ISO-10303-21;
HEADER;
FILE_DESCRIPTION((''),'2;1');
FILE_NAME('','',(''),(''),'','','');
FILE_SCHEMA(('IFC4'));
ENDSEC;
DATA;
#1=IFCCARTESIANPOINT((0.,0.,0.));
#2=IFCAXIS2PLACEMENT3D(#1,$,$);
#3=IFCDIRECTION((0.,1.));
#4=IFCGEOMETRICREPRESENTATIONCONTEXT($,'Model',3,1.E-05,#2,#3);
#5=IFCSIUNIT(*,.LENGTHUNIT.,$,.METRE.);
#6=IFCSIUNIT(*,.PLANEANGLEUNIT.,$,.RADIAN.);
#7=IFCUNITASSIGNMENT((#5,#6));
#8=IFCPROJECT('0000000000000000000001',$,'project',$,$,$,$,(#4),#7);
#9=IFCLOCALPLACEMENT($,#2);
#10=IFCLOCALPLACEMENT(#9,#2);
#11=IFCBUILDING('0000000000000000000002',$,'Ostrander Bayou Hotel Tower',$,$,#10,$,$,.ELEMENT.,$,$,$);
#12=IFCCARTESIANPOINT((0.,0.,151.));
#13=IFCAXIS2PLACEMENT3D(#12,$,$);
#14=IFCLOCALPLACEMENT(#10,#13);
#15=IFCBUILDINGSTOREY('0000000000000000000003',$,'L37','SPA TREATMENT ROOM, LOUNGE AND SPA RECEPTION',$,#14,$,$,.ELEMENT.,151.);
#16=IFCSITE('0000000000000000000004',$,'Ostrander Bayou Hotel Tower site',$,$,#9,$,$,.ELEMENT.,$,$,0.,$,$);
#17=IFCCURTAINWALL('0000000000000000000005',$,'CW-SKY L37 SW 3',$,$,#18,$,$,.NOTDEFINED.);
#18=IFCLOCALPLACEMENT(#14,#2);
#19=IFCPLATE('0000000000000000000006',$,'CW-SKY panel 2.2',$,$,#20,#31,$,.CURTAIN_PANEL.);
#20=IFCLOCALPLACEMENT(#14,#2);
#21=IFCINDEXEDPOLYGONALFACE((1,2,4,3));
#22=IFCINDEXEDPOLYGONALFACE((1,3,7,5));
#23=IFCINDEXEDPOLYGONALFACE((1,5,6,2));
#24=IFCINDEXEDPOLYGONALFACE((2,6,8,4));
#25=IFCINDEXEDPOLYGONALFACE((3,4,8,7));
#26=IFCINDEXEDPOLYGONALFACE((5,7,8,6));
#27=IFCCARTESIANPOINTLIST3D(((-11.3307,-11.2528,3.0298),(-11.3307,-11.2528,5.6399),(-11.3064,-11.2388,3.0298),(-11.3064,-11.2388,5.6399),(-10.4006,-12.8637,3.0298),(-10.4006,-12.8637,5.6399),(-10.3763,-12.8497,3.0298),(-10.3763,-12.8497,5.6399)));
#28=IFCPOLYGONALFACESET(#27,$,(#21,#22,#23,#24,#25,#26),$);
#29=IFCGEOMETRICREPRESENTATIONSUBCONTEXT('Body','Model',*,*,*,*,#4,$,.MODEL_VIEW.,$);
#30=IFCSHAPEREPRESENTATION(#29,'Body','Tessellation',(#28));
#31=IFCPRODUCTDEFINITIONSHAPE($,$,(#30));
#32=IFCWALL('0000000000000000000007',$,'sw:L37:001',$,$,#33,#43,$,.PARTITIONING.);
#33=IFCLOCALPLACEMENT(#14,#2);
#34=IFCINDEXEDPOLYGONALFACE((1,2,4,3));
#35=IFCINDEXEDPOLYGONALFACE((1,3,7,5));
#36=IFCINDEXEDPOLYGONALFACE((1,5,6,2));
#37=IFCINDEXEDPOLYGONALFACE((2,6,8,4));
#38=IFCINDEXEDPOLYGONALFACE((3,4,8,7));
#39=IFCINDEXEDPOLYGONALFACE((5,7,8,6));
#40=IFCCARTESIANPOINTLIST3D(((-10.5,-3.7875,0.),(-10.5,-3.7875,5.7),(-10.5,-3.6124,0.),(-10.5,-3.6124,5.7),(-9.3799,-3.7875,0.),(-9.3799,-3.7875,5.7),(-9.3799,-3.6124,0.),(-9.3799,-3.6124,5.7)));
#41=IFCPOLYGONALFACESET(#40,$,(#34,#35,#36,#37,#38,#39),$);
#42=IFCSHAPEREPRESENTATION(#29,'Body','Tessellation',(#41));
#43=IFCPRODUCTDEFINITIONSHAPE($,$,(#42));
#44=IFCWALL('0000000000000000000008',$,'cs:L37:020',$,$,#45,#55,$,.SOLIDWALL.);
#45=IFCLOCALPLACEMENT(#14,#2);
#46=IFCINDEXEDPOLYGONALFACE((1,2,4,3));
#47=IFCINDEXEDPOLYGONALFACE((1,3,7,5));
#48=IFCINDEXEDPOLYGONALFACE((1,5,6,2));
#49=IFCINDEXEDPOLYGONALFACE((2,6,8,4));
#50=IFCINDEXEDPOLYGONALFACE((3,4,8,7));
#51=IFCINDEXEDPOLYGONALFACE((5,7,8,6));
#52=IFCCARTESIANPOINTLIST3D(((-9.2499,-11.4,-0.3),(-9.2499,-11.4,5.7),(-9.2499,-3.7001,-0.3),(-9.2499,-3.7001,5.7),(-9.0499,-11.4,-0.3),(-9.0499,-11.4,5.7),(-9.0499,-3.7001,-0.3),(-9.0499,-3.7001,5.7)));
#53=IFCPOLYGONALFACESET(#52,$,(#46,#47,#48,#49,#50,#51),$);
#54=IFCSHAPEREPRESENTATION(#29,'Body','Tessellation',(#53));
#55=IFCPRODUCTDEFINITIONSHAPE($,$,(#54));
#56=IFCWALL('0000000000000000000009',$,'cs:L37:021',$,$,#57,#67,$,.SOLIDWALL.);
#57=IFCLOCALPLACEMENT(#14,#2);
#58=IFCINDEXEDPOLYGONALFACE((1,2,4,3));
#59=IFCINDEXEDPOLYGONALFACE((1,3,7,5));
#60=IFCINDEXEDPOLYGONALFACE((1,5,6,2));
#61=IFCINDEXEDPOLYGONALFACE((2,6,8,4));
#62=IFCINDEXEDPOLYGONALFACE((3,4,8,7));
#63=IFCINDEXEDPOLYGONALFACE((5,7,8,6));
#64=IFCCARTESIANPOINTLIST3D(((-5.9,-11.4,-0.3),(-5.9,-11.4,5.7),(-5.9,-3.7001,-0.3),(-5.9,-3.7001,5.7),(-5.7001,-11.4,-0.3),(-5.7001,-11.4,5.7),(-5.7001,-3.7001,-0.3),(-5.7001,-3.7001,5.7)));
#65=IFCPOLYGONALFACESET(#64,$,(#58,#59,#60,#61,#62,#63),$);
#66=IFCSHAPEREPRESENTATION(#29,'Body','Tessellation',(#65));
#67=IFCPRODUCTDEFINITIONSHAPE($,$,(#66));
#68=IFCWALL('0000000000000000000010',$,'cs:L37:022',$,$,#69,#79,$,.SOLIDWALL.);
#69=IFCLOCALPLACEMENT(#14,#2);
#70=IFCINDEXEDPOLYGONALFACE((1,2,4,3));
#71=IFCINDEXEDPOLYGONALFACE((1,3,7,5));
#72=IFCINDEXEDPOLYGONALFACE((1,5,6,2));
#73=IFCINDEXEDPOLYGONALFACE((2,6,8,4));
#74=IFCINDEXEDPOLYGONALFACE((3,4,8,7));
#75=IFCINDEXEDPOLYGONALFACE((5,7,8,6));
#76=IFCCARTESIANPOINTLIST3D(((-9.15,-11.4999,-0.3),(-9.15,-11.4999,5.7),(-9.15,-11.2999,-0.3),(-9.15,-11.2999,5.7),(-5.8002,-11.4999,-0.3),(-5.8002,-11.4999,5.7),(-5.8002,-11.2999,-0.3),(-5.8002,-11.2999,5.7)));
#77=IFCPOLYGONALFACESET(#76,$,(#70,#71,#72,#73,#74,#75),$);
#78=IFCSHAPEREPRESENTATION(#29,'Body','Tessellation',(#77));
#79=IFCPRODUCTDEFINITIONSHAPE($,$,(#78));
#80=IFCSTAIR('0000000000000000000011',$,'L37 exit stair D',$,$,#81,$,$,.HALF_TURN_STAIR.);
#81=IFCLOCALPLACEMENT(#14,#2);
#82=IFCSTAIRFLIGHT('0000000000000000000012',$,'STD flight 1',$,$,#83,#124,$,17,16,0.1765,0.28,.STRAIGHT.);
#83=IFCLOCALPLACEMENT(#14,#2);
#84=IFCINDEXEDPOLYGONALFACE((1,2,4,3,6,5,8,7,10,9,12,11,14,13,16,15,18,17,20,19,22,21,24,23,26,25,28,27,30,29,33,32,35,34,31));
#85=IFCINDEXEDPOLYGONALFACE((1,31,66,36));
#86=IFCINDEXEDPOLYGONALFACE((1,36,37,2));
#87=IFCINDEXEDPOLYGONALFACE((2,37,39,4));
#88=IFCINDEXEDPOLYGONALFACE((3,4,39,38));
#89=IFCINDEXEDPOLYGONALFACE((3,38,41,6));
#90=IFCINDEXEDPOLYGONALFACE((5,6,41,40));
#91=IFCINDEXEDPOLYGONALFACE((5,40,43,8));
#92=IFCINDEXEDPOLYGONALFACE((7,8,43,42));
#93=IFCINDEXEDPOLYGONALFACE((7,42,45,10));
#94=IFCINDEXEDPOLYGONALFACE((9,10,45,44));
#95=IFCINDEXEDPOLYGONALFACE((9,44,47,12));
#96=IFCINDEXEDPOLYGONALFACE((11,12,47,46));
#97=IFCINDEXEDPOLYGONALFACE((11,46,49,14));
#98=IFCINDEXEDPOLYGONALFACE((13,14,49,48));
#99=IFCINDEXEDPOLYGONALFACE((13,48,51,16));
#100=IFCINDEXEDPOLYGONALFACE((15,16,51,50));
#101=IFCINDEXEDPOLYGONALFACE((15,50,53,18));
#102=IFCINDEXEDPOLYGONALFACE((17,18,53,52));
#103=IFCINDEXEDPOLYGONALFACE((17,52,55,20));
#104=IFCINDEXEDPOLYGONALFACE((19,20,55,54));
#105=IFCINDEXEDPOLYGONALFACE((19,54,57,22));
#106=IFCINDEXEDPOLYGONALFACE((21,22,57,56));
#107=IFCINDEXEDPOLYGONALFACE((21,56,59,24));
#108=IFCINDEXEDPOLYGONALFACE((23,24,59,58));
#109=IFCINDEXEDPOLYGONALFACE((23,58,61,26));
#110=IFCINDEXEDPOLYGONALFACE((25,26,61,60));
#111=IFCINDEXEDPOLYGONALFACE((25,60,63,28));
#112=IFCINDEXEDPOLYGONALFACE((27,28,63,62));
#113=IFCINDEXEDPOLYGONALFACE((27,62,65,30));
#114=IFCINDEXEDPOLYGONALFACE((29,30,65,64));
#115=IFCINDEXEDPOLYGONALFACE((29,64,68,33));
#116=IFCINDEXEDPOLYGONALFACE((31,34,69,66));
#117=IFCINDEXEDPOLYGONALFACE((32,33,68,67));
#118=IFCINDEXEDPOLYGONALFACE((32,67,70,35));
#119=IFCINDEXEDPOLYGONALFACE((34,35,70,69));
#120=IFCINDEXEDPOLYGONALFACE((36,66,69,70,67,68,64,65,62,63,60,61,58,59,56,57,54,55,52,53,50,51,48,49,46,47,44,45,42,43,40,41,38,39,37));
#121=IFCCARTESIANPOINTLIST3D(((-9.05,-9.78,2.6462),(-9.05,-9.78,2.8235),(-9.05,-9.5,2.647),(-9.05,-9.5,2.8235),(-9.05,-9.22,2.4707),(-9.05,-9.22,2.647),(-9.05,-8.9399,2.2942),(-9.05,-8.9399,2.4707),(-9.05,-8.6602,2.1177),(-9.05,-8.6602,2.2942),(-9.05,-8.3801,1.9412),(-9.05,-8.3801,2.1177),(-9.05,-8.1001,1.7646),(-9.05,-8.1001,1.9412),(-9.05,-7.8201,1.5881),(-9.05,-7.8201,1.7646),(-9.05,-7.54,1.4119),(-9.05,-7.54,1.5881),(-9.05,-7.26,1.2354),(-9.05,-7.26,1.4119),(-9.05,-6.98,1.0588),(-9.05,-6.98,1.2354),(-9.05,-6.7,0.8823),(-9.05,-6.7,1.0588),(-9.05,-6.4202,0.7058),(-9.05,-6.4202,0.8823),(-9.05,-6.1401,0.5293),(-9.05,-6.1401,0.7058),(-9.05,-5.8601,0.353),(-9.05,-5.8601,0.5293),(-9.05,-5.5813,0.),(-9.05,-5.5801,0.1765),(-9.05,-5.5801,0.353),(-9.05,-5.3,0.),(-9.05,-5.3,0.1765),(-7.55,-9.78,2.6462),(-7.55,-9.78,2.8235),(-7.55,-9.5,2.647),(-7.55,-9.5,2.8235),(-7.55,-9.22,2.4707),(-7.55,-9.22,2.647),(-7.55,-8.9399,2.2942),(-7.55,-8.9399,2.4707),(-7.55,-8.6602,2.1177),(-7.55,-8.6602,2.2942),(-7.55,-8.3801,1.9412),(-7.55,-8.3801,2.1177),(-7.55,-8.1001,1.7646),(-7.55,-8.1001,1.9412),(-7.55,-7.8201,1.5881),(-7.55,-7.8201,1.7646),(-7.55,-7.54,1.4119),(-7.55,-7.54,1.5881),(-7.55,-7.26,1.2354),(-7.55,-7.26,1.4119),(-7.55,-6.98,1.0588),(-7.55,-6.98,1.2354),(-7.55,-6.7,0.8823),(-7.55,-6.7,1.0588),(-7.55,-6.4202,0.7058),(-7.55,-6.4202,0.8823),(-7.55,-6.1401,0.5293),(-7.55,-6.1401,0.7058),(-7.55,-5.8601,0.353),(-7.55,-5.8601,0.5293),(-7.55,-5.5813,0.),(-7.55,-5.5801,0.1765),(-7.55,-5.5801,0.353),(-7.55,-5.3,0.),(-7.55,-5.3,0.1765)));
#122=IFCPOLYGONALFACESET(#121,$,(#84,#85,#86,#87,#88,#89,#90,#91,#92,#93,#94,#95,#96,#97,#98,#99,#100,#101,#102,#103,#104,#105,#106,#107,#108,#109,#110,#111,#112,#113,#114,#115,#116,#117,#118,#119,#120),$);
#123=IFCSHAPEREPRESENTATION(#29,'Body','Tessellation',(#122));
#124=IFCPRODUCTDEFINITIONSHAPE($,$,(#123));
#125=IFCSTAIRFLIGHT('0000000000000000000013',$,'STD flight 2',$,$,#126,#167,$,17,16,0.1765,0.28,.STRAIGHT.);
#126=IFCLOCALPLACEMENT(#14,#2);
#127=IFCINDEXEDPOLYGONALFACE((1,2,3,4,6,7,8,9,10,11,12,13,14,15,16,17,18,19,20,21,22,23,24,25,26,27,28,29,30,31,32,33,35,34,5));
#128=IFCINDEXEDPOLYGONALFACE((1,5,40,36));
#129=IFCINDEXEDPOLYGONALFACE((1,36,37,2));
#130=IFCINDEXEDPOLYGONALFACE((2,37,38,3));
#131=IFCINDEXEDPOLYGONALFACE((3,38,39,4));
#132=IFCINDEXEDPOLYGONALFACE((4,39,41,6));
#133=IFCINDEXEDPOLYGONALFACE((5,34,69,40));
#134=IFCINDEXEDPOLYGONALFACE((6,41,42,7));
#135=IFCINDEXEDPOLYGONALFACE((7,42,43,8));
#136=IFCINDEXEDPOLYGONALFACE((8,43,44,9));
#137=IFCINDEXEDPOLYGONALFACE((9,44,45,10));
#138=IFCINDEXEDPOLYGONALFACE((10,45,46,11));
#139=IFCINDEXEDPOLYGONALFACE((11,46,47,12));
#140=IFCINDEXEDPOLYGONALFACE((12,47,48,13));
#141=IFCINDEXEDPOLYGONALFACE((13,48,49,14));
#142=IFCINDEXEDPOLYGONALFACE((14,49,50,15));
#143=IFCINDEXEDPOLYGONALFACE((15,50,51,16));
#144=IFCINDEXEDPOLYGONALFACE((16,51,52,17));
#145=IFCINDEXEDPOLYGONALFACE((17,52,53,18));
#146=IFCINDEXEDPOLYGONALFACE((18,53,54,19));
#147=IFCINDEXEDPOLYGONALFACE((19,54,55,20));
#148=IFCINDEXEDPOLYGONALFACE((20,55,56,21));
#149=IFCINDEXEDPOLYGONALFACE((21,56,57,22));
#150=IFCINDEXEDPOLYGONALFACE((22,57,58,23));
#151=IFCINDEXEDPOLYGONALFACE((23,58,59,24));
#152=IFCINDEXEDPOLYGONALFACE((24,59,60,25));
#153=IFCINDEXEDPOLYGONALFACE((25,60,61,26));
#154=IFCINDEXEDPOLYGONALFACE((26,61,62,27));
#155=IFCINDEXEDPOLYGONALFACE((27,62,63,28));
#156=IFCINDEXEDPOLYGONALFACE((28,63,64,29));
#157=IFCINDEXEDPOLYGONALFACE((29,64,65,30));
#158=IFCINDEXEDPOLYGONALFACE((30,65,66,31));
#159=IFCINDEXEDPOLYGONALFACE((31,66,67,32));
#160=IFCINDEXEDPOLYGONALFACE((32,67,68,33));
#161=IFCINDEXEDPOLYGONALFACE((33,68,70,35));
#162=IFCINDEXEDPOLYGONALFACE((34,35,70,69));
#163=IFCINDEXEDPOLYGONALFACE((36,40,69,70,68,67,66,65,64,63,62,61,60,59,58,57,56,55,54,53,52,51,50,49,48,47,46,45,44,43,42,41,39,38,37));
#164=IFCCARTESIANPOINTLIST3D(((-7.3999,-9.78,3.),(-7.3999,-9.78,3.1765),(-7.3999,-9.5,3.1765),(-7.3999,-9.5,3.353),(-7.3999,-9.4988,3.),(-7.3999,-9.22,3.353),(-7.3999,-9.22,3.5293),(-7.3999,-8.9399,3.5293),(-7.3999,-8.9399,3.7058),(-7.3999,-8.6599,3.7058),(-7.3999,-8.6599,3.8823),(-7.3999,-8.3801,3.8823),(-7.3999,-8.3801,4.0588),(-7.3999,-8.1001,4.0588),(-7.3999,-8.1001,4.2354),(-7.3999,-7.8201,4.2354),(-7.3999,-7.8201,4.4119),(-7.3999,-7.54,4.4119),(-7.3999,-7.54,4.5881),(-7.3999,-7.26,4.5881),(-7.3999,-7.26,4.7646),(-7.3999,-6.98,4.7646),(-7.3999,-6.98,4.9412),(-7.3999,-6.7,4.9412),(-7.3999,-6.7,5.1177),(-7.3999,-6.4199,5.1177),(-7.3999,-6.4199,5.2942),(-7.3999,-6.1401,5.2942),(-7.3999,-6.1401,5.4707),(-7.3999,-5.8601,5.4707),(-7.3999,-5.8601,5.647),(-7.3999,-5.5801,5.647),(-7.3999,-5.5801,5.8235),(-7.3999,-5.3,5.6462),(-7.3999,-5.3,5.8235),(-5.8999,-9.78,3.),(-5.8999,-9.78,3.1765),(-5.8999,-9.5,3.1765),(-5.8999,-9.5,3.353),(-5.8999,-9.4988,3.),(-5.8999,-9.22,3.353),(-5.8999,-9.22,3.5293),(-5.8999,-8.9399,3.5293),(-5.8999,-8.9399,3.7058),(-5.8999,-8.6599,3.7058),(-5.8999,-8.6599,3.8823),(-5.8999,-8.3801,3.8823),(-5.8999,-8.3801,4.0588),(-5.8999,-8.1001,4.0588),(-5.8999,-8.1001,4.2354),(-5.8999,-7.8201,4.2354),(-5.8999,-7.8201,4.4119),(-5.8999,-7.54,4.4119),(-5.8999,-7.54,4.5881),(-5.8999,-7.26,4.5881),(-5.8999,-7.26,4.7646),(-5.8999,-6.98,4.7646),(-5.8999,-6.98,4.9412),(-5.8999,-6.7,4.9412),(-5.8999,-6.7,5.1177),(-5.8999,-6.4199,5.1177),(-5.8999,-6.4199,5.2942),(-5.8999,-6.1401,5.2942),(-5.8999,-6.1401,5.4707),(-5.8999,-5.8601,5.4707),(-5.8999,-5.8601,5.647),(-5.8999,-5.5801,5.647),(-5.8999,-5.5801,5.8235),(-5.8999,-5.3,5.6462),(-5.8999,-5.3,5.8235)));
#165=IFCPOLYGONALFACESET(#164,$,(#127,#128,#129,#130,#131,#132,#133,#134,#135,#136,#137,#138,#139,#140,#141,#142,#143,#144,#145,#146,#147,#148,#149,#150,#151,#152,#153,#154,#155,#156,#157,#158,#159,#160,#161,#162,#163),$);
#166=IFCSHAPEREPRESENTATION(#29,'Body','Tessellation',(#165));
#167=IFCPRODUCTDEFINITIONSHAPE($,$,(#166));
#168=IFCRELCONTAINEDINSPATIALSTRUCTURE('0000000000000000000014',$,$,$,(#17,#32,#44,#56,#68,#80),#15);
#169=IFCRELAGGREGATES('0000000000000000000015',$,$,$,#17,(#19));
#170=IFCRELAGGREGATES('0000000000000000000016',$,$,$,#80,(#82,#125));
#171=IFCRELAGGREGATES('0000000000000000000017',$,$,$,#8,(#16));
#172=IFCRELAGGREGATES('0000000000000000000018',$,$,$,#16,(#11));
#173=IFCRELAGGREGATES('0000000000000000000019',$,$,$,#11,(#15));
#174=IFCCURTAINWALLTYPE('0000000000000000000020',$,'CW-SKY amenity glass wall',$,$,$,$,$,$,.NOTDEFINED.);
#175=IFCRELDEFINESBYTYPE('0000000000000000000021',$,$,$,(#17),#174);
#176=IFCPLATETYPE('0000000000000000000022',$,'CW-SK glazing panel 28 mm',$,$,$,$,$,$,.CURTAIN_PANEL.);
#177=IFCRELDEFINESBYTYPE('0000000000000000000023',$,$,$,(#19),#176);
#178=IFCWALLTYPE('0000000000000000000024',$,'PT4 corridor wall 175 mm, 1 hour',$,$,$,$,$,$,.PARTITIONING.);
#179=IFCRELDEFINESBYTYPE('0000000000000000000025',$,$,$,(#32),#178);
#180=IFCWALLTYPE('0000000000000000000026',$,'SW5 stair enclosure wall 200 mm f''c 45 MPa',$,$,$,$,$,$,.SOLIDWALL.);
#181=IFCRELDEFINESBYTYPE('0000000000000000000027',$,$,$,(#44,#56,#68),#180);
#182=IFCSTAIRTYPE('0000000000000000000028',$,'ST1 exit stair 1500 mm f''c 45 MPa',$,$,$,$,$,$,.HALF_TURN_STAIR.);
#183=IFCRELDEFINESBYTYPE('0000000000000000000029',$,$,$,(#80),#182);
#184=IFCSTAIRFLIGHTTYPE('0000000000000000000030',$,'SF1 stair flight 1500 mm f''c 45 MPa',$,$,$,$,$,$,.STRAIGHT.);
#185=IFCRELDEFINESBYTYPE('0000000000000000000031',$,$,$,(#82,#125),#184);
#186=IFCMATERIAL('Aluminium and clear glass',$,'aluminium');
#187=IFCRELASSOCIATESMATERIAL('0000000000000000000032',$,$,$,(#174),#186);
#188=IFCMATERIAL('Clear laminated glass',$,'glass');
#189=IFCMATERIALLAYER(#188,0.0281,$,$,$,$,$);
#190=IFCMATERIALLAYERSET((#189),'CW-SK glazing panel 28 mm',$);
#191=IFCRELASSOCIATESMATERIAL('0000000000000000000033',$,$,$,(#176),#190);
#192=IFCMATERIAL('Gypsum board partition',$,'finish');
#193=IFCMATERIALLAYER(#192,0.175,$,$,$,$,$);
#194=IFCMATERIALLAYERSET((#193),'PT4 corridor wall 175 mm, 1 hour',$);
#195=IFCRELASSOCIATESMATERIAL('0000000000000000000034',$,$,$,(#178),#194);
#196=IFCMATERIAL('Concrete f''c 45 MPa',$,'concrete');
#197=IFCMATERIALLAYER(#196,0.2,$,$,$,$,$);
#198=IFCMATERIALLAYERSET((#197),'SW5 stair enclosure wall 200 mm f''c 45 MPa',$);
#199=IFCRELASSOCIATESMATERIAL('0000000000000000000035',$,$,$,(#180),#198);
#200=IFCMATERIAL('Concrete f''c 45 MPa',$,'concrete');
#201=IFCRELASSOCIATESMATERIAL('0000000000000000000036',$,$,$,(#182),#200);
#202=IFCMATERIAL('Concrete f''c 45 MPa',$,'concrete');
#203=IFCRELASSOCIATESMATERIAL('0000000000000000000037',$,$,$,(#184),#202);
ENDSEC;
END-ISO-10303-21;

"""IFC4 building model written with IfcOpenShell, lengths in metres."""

from ifc_helpers import new_model, si_unit, direction, frame, frame_2d, origin, origin_2d, place, context, subcontext, project, spatial, polyline, rectangle, outline, extrude, material, layer, layer_set, type_object, element, aggregate, save


model = new_model("IFC4")

# Units and contexts
model_context = context("Model", 3, precision=1e-05, world=origin(), true_north=direction((0.0, 1.0)))
body_context = subcontext(model_context, "Body", "Model", "MODEL_VIEW")
ifc_project = project(units=[si_unit("LENGTHUNIT", "METRE"), si_unit("PLANEANGLEUNIT", "RADIAN")], contexts=[model_context])

# Site, building, storey
site_placement = place(None, origin())
site = spatial("IfcSite", under=ifc_project, at=site_placement, Name="Ostrander Bayou Hotel Tower site", CompositionType="ELEMENT", RefElevation=0.0)
building_placement = place(site_placement, origin())
building = spatial("IfcBuilding", under=site, at=building_placement, Name="Ostrander Bayou Hotel Tower", CompositionType="ELEMENT")
storey_placement = place(building_placement, frame((0.0, 0.0, 151.0)))
storey = spatial("IfcBuildingStorey", under=building, at=storey_placement, Name="L37", Description="SPA TREATMENT ROOM, LOUNGE AND SPA RECEPTION", CompositionType="ELEMENT", Elevation=151.0)

# Curtain wall, plate
ifc_material_1 = material(Name="Aluminium and clear glass", Category="aluminium")
curtain_wall_type = type_object("IfcCurtainWallType", Name="CW-SKY amenity glass wall", PredefinedType="NOTDEFINED", material=ifc_material_1)
curtain_wall_placement = place(storey_placement, origin())
curtain_wall = element("IfcCurtainWall", 1, at=curtain_wall_placement, inside=storey, type_object=curtain_wall_type, Name="CW-SKY L37 SW 3", PredefinedType="NOTDEFINED")
ifc_material_2 = material(Name="Clear laminated glass", Category="glass")
ifc_layer_1 = layer(ifc_material_2, 0.0281)
ifc_layer_set_1 = layer_set([ifc_layer_1], Name="CW-SK glazing panel 28 mm")
plate_type = type_object("IfcPlateType", Name="CW-SK glazing panel 28 mm", PredefinedType="CURTAIN_PANEL", material=ifc_layer_set_1)
plate_placement = place(storey_placement, frame((-10.8535, -12.0513, 3.0298), z_axis=(0.0, 0.0, 1.0), x_axis=(0.5, -0.866025, 0.0)))
plate = element("IfcPlate", 2, at=plate_placement, type_object=plate_type, Name="CW-SKY panel 2.2", PredefinedType="CURTAIN_PANEL", context=body_context, shape_type="SweptSolid", body=[
    extrude(rectangle(XDim=1.8601, YDim=0.0281, at=origin_2d()), origin(), (0.0, 0.0, 1.0), 2.6101),
])
aggregate(curtain_wall, [plate])

# Wall
ifc_material_3 = material(Name="Gypsum board partition", Category="finish")
ifc_layer_2 = layer(ifc_material_3, 0.175)
ifc_layer_set_2 = layer_set([ifc_layer_2], Name="PT4 corridor wall 175 mm, 1 hour")
wall_type_1 = type_object("IfcWallType", Name="PT4 corridor wall 175 mm, 1 hour", PredefinedType="PARTITIONING", material=ifc_layer_set_2)
wall_1_placement = place(storey_placement, frame((-10.5, -3.7, 0.0), z_axis=(0.0, 0.0, 1.0), x_axis=(1.0, 0.0, 0.0)))
element("IfcWall", 3, at=wall_1_placement, inside=storey, type_object=wall_type_1, Name="sw:L37:001", PredefinedType="PARTITIONING", context=body_context, shape_type="SweptSolid", body=[
    extrude(rectangle(XDim=1.1201, YDim=0.175, at=frame_2d((0.5601, 0.0))), origin(), (0.0, 0.0, 1.0), 5.7),
])

# Shared definitions
ifc_material_4 = material(Name="Concrete f'c 45 MPa", Category="concrete")
ifc_layer_3 = layer(ifc_material_4, 0.2)
ifc_layer_set_3 = layer_set([ifc_layer_3], Name="SW5 stair enclosure wall 200 mm f'c 45 MPa")
wall_type_2 = type_object("IfcWallType", Name="SW5 stair enclosure wall 200 mm f'c 45 MPa", PredefinedType="SOLIDWALL", material=ifc_layer_set_3)

# Walls
for number, where, z_axis, x_axis, name in (
    (4, (-9.1499, -3.7, -0.3), (0.0, 0.0, 1.0), (0.0, -1.0, 0.0), "cs:L37:020"),
    (5, (-5.8, -3.7, -0.3), (0.0, 0.0, 1.0), (0.0, -1.0, 0.0), "cs:L37:021"),
):
    element("IfcWall", number, at=place(storey_placement, frame(where, z_axis=z_axis, x_axis=x_axis)), inside=storey, type_object=wall_type_2, Name=name, PredefinedType="SOLIDWALL", context=body_context, shape_type="SweptSolid", body=[
        extrude(rectangle(XDim=7.7, YDim=0.2, at=frame_2d((3.8501, 0.0))), origin(), (0.0, 0.0, 1.0), 6.0),
    ])
wall_2_placement = place(storey_placement, frame((-9.1499, -11.3999, -0.3), z_axis=(0.0, 0.0, 1.0), x_axis=(1.0, 0.0, 0.0)))
element("IfcWall", 6, at=wall_2_placement, inside=storey, type_object=wall_type_2, Name="cs:L37:022", PredefinedType="SOLIDWALL", context=body_context, shape_type="SweptSolid", body=[
    extrude(rectangle(XDim=3.3499, YDim=0.2, at=frame_2d((1.6748, 0.0))), origin(), (0.0, 0.0, 1.0), 6.0),
])

# Stair, stair flights
ifc_material_5 = material(Name="Concrete f'c 45 MPa", Category="concrete")
stair_type = type_object("IfcStairType", Name="ST1 exit stair 1500 mm f'c 45 MPa", PredefinedType="HALF_TURN_STAIR", material=ifc_material_5)
stair_placement = place(storey_placement, origin())
stair = element("IfcStair", 7, at=stair_placement, inside=storey, type_object=stair_type, Name="L37 exit stair D", PredefinedType="HALF_TURN_STAIR")
ifc_material_6 = material(Name="Concrete f'c 45 MPa", Category="concrete")
stair_flight_type = type_object("IfcStairFlightType", Name="SF1 stair flight 1500 mm f'c 45 MPa", PredefinedType="STRAIGHT", material=ifc_material_6)
stair_flight_1_placement = place(storey_placement, frame((-8.3, -5.3, 0.0), z_axis=(0.0, 0.0, 1.0), x_axis=(0.0, -1.0, 0.0)))
stair_flight_1 = element("IfcStairFlight", 8, at=stair_flight_1_placement, type_object=stair_flight_type, Name="STD flight 1", NumberOfRisers=17, NumberOfTreads=16, PredefinedType="STRAIGHT", RiserHeight=0.1765, TreadLength=0.28, context=body_context, shape_type="SweptSolid", body=[
    extrude(outline(polyline([(0.0, 0.0), (0.0, 0.1765), (0.28, 0.1765), (0.28, 0.353), (0.5601, 0.353), (0.5601, 0.5293), (0.8401, 0.5293), (0.8401, 0.7058), (1.1201, 0.7058), (1.1201, 0.8823), (1.3999, 0.8823), (1.3999, 1.0588), (1.6799, 1.0588), (1.6799, 1.2354), (1.96, 1.2354), (1.96, 1.4119), (2.24, 1.4119), (2.24, 1.5881), (2.52, 1.5881), (2.52, 1.7646), (2.8, 1.7646), (2.8, 1.9412), (3.0801, 1.9412), (3.0801, 2.1177), (3.3601, 2.1177), (3.3601, 2.2942), (3.6399, 2.2942), (3.6399, 2.4707), (3.9199, 2.4707), (3.9199, 2.647), (4.2, 2.647), (4.2, 2.8235), (4.48, 2.8235), (4.48, 3.0), (4.48, 2.6462), (0.2812, 0.0), (0.0, 0.0)])), frame((0.0, 0.75, 0.0), z_axis=(0.0, -1.0, 0.0), x_axis=(1.0, 0.0, 0.0)), (0.0, 0.0, 1.0), 1.5),
])
stair_flight_2_placement = place(storey_placement, frame((-6.6499, -9.78, 3.0), z_axis=(0.0, 0.0, 1.0), x_axis=(0.0, 1.0, 0.0)))
stair_flight_2 = element("IfcStairFlight", 9, at=stair_flight_2_placement, type_object=stair_flight_type, Name="STD flight 2", NumberOfRisers=17, NumberOfTreads=16, PredefinedType="STRAIGHT", RiserHeight=0.1765, TreadLength=0.28, context=body_context, shape_type="SweptSolid", body=[
    extrude(outline(polyline([(0.0, 0.0), (0.0, 0.1765), (0.28, 0.1765), (0.28, 0.353), (0.5601, 0.353), (0.5601, 0.5293), (0.8401, 0.5293), (0.8401, 0.7058), (1.1201, 0.7058), (1.1201, 0.8823), (1.3999, 0.8823), (1.3999, 1.0588), (1.6799, 1.0588), (1.6799, 1.2354), (1.96, 1.2354), (1.96, 1.4119), (2.24, 1.4119), (2.24, 1.5881), (2.52, 1.5881), (2.52, 1.7646), (2.8, 1.7646), (2.8, 1.9412), (3.0801, 1.9412), (3.0801, 2.1177), (3.3601, 2.1177), (3.3601, 2.2942), (3.6399, 2.2942), (3.6399, 2.4707), (3.9199, 2.4707), (3.9199, 2.647), (4.2, 2.647), (4.2, 2.8235), (4.48, 2.8235), (4.48, 3.0), (4.48, 2.6462), (0.2812, 0.0), (0.0, 0.0)])), frame((0.0, 0.75, 0.0), z_axis=(0.0, -1.0, 0.0), x_axis=(1.0, 0.0, 0.0)), (0.0, 0.0, 1.0), 1.5),
])
aggregate(stair, [stair_flight_1, stair_flight_2])

save(model, "model.ifc")
